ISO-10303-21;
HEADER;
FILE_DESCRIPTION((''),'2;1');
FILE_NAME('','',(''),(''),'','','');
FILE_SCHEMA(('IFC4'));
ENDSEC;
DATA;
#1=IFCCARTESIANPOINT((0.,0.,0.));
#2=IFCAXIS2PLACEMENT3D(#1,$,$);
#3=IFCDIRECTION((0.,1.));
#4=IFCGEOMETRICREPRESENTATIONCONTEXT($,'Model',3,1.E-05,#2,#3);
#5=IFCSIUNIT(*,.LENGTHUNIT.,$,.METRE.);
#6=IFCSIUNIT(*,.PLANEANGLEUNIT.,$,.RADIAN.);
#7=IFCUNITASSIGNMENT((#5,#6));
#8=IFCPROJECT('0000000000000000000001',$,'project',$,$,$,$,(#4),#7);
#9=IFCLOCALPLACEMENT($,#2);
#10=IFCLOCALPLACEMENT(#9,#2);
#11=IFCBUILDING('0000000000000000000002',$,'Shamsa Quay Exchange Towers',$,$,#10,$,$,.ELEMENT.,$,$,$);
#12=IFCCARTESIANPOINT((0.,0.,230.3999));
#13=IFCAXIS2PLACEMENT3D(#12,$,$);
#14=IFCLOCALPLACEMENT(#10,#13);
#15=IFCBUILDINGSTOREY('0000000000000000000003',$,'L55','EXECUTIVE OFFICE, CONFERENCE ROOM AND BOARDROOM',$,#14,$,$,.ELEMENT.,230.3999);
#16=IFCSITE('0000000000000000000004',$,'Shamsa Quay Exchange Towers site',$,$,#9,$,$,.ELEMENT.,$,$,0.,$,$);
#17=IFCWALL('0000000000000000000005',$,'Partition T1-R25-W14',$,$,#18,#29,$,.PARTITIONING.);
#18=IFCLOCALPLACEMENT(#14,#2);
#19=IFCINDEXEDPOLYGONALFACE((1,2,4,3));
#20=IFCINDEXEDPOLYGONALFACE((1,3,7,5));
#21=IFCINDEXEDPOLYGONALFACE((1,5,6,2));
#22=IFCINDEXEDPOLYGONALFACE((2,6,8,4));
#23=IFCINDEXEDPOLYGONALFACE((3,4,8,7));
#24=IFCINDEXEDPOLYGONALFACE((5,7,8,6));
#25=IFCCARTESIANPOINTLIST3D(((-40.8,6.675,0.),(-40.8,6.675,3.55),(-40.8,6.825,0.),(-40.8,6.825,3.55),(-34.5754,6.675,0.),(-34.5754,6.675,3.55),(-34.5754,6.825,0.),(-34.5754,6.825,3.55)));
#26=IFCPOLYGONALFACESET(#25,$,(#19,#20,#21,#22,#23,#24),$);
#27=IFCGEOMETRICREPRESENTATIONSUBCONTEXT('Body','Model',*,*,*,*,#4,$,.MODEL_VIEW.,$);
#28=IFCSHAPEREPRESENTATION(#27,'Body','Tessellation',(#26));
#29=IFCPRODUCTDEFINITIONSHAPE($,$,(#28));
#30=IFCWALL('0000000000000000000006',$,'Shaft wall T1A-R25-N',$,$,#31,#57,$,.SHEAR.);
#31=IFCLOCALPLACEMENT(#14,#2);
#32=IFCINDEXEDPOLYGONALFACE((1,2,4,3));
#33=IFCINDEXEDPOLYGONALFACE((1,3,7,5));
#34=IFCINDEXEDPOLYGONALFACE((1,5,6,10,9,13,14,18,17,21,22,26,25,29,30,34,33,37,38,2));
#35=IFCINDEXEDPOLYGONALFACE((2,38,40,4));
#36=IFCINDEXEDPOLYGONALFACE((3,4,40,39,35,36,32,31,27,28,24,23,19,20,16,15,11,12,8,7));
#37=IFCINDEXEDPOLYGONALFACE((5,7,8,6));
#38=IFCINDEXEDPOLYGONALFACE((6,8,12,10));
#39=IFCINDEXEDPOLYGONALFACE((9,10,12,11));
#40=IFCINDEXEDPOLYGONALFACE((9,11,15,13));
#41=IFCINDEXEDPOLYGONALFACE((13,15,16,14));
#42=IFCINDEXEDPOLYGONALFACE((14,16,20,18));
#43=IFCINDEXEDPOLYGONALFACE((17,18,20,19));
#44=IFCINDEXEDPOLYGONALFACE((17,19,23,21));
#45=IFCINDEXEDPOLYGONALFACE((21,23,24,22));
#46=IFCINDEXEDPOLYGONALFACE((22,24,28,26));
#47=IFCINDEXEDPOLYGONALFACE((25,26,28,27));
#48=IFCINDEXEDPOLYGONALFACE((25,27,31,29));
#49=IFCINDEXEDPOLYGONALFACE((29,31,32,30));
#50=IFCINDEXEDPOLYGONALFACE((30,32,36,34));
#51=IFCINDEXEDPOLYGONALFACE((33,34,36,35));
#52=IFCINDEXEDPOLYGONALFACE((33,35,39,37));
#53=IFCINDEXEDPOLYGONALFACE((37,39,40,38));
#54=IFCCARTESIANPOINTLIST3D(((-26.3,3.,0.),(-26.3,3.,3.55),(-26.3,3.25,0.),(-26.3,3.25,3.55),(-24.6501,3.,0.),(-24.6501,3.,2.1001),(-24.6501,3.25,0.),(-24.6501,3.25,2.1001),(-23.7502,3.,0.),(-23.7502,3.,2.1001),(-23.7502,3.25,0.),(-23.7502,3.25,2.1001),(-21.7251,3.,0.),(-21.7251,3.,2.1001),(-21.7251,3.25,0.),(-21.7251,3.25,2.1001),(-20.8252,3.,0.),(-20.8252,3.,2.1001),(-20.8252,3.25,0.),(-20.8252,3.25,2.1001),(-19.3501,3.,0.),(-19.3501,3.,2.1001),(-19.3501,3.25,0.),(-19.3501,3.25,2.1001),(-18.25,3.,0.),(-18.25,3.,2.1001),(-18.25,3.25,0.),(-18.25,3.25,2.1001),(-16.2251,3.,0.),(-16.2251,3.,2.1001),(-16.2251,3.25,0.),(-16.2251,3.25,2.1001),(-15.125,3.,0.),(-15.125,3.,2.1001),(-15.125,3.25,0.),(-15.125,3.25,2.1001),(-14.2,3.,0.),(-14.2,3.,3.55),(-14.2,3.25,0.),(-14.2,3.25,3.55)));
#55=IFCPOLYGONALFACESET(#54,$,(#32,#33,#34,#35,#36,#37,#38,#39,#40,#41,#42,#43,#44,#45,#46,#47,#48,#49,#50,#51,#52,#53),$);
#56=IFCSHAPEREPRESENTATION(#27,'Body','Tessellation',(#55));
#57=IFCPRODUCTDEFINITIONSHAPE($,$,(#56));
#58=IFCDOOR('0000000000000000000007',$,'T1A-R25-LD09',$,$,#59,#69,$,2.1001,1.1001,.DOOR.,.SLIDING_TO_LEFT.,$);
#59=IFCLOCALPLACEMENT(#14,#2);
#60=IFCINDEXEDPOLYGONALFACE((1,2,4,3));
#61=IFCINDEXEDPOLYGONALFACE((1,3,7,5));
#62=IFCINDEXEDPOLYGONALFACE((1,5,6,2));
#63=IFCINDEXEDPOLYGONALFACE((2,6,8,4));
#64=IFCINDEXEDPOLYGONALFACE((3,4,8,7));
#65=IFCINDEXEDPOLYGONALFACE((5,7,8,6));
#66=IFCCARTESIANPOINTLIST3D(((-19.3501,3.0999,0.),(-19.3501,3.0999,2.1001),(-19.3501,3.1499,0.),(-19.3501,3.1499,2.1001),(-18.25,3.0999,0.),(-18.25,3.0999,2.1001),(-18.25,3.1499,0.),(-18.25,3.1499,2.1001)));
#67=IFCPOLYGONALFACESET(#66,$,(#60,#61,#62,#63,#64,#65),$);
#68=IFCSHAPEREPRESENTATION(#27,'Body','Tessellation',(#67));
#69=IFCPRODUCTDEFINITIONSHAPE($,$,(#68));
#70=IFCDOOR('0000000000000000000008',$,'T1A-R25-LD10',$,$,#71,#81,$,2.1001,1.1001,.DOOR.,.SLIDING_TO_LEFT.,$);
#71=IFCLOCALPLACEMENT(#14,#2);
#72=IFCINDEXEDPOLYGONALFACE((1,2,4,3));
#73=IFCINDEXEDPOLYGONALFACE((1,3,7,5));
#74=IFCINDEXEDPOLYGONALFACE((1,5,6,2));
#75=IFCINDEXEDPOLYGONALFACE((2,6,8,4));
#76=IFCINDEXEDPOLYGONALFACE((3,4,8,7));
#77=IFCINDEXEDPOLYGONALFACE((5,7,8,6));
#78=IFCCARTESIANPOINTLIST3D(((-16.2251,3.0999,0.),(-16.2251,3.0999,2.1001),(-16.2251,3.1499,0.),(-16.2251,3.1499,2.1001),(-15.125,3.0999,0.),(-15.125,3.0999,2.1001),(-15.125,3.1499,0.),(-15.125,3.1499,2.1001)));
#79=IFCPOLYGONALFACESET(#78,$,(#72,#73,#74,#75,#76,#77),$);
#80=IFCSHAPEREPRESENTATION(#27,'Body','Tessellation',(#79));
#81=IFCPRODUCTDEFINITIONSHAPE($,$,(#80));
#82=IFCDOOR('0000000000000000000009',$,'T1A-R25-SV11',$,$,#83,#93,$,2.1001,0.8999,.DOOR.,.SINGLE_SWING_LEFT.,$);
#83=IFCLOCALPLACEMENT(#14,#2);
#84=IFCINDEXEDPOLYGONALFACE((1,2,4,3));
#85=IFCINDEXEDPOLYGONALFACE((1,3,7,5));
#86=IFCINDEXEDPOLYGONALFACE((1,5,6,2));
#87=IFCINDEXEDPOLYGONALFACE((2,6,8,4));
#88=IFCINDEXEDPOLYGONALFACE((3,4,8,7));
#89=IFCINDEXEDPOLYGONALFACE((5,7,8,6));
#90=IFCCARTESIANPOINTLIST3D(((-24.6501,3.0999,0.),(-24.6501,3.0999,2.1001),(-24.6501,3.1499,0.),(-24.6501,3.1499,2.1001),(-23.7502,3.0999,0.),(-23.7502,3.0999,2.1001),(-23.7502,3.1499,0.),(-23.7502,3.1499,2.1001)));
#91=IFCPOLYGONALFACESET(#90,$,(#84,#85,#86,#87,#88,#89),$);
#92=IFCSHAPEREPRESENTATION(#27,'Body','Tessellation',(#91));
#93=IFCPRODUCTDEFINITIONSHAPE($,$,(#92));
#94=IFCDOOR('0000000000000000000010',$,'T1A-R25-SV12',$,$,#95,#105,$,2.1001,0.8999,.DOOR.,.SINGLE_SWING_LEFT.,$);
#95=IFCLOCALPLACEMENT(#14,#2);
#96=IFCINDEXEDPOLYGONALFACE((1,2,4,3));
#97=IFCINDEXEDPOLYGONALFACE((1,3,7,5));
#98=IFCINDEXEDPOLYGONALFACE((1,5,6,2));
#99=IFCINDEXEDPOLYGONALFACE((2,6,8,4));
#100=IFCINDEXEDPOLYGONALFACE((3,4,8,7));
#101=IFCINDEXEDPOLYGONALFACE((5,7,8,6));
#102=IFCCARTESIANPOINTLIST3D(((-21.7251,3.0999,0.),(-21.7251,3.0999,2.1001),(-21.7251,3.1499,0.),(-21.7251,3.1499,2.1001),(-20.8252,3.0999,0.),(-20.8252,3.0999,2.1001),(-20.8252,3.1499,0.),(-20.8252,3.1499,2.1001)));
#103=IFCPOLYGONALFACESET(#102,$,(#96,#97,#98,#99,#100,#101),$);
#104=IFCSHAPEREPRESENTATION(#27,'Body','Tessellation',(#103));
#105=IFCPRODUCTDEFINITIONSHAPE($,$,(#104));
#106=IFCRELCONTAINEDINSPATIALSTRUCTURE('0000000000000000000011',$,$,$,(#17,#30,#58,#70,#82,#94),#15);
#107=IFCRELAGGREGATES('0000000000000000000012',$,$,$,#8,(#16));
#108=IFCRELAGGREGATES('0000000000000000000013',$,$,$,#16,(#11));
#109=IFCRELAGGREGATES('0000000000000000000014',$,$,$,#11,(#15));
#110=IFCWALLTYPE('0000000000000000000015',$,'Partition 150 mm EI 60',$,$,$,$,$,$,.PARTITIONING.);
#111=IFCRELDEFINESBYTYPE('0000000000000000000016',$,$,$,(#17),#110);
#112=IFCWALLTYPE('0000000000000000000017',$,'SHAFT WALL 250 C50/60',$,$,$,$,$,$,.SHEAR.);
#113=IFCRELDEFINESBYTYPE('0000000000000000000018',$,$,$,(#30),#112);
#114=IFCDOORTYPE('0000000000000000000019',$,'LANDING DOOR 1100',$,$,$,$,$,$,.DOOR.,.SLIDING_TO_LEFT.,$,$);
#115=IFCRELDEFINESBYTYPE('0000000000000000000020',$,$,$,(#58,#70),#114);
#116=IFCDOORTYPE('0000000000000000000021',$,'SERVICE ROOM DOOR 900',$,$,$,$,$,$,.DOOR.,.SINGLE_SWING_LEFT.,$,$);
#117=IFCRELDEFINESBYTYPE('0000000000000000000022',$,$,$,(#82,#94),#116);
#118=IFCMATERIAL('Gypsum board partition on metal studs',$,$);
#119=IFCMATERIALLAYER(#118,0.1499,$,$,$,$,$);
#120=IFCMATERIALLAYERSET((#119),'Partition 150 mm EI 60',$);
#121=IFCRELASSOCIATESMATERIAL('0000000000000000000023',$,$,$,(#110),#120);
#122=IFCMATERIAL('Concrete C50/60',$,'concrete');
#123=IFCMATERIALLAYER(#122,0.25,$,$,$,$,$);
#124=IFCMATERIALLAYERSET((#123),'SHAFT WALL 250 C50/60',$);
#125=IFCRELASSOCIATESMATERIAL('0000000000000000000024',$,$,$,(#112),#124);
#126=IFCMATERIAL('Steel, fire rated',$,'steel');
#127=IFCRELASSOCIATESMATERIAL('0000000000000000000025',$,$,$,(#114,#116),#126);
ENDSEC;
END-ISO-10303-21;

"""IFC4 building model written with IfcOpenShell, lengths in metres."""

from ifc_helpers import new_model, si_unit, direction, frame, frame_2d, origin, place, context, subcontext, project, spatial, rectangle, extrude, material, layer, layer_set, type_object, element, fill, save


model = new_model("IFC4")

# Units and contexts
model_context = context("Model", 3, precision=1e-05, world=origin(), true_north=direction((0.0, 1.0)))
body_context = subcontext(model_context, "Body", "Model", "MODEL_VIEW")
ifc_project = project(units=[si_unit("LENGTHUNIT", "METRE"), si_unit("PLANEANGLEUNIT", "RADIAN")], contexts=[model_context])

# Site, building, storey
site_placement = place(None, origin())
site = spatial("IfcSite", under=ifc_project, at=site_placement, Name="Shamsa Quay Exchange Towers site", CompositionType="ELEMENT", RefElevation=0.0)
building_placement = place(site_placement, origin())
building = spatial("IfcBuilding", under=site, at=building_placement, Name="Shamsa Quay Exchange Towers", CompositionType="ELEMENT")
storey_placement = place(building_placement, frame((0.0, 0.0, 230.3999)))
storey = spatial("IfcBuildingStorey", under=building, at=storey_placement, Name="L55", Description="EXECUTIVE OFFICE, CONFERENCE ROOM AND BOARDROOM", CompositionType="ELEMENT", Elevation=230.3999)

# Shared definitions
ifc_material_1 = material(Name="Steel, fire rated", Category="steel")
ifc_material_2 = material(Name="Gypsum board partition on metal studs")
ifc_layer_1 = layer(ifc_material_2, 0.1499)
ifc_layer_set_1 = layer_set([ifc_layer_1], Name="Partition 150 mm EI 60")
wall_type_1 = type_object("IfcWallType", Name="Partition 150 mm EI 60", PredefinedType="PARTITIONING", material=ifc_layer_set_1)

# Wall
wall_1_placement = place(storey_placement, frame((-34.5754, 6.75, 0.0), z_axis=(0.0, 0.0, 1.0), x_axis=(-1.0, 0.0, 0.0)))
element("IfcWall", 1, at=wall_1_placement, inside=storey, type_object=wall_type_1, Name="Partition T1-R25-W14", PredefinedType="PARTITIONING", context=body_context, shape_type="SweptSolid", body=[
    extrude(rectangle(XDim=6.2246, YDim=0.1499, at=frame_2d((3.1123, 0.0))), origin(), (0.0, 0.0, 1.0), 3.55),
])

# Wall, openings, doors
ifc_material_3 = material(Name="Concrete C50/60", Category="concrete")
ifc_layer_2 = layer(ifc_material_3, 0.25)
ifc_layer_set_2 = layer_set([ifc_layer_2], Name="SHAFT WALL 250 C50/60")
wall_type_2 = type_object("IfcWallType", Name="SHAFT WALL 250 C50/60", PredefinedType="SHEAR", material=ifc_layer_set_2)
wall_2_placement = place(storey_placement, frame((-26.3, 3.125, 0.0)))
wall_2 = element("IfcWall", 2, at=wall_2_placement, inside=storey, type_object=wall_type_2, Name="Shaft wall T1A-R25-N", PredefinedType="SHEAR", context=body_context, shape_type="SweptSolid", body=[
    extrude(rectangle(XDim=12.1001, YDim=0.25, at=frame_2d((6.05, 0.0))), origin(), (0.0, 0.0, 1.0), 3.55),
])
opening_1_placement = place(wall_2_placement, frame((6.95, 0.0, 0.0)))
opening_1 = element("IfcOpeningElement", 3, at=opening_1_placement, cuts=wall_2, PredefinedType="OPENING", context=body_context, shape_type="SweptSolid", body=[
    extrude(rectangle(XDim=1.1001, YDim=2.1001, at=frame_2d((0.55, 1.05))), frame((0.0, 0.135, 0.0), z_axis=(0.0, -1.0, 0.0), x_axis=(1.0, 0.0, 0.0)), (0.0, 0.0, 1.0), 0.27),
])
opening_2_placement = place(wall_2_placement, frame((10.075, 0.0, 0.0)))
opening_2 = element("IfcOpeningElement", 4, at=opening_2_placement, cuts=wall_2, PredefinedType="OPENING", context=body_context, shape_type="SweptSolid", body=[
    extrude(rectangle(XDim=1.1001, YDim=2.1001, at=frame_2d((0.55, 1.05))), frame((0.0, 0.135, 0.0), z_axis=(0.0, -1.0, 0.0), x_axis=(1.0, 0.0, 0.0)), (0.0, 0.0, 1.0), 0.27),
])
opening_3_placement = place(wall_2_placement, frame((1.6499, 0.0, 0.0)))
opening_3 = element("IfcOpeningElement", 5, at=opening_3_placement, cuts=wall_2, PredefinedType="OPENING", context=body_context, shape_type="SweptSolid", body=[
    extrude(rectangle(XDim=0.8999, YDim=2.1001, at=frame_2d((0.45, 1.05))), frame((0.0, 0.135, 0.0), z_axis=(0.0, -1.0, 0.0), x_axis=(1.0, 0.0, 0.0)), (0.0, 0.0, 1.0), 0.27),
])
opening_4_placement = place(wall_2_placement, frame((4.575, 0.0, 0.0)))
opening_4 = element("IfcOpeningElement", 6, at=opening_4_placement, cuts=wall_2, PredefinedType="OPENING", context=body_context, shape_type="SweptSolid", body=[
    extrude(rectangle(XDim=0.8999, YDim=2.1001, at=frame_2d((0.45, 1.05))), frame((0.0, 0.135, 0.0), z_axis=(0.0, -1.0, 0.0), x_axis=(1.0, 0.0, 0.0)), (0.0, 0.0, 1.0), 0.27),
])
door_type_1 = type_object("IfcDoorType", Name="LANDING DOOR 1100", OperationType="SLIDING_TO_LEFT", PredefinedType="DOOR", material=ifc_material_1)
door_1_placement = place(opening_1_placement, origin())
door_1 = element("IfcDoor", 7, at=door_1_placement, inside=storey, type_object=door_type_1, Name="T1A-R25-LD09", OperationType="SLIDING_TO_LEFT", OverallHeight=2.1001, OverallWidth=1.1001, PredefinedType="DOOR", context=body_context, shape_type="SweptSolid", body=[
    extrude(rectangle(XDim=1.1001, YDim=2.1001, at=frame_2d((0.55, 1.05))), frame((0.0, 0.0249, 0.0), z_axis=(0.0, -1.0, 0.0), x_axis=(1.0, 0.0, 0.0)), (0.0, 0.0, 1.0), 0.05),
])
fill(opening_1, door_1)
door_2_placement = place(opening_2_placement, origin())
door_2 = element("IfcDoor", 8, at=door_2_placement, inside=storey, type_object=door_type_1, Name="T1A-R25-LD10", OperationType="SLIDING_TO_LEFT", OverallHeight=2.1001, OverallWidth=1.1001, PredefinedType="DOOR", context=body_context, shape_type="SweptSolid", body=[
    extrude(rectangle(XDim=1.1001, YDim=2.1001, at=frame_2d((0.55, 1.05))), frame((0.0, 0.0249, 0.0), z_axis=(0.0, -1.0, 0.0), x_axis=(1.0, 0.0, 0.0)), (0.0, 0.0, 1.0), 0.05),
])
fill(opening_2, door_2)
door_type_2 = type_object("IfcDoorType", Name="SERVICE ROOM DOOR 900", OperationType="SINGLE_SWING_LEFT", PredefinedType="DOOR", material=ifc_material_1)
door_3_placement = place(opening_3_placement, origin())
door_3 = element("IfcDoor", 9, at=door_3_placement, inside=storey, type_object=door_type_2, Name="T1A-R25-SV11", OperationType="SINGLE_SWING_LEFT", OverallHeight=2.1001, OverallWidth=0.8999, PredefinedType="DOOR", context=body_context, shape_type="SweptSolid", body=[
    extrude(rectangle(XDim=0.8999, YDim=2.1001, at=frame_2d((0.45, 1.05))), frame((0.0, 0.0249, 0.0), z_axis=(0.0, -1.0, 0.0), x_axis=(1.0, 0.0, 0.0)), (0.0, 0.0, 1.0), 0.05),
])
fill(opening_3, door_3)
door_4_placement = place(opening_4_placement, origin())
door_4 = element("IfcDoor", 10, at=door_4_placement, inside=storey, type_object=door_type_2, Name="T1A-R25-SV12", OperationType="SINGLE_SWING_LEFT", OverallHeight=2.1001, OverallWidth=0.8999, PredefinedType="DOOR", context=body_context, shape_type="SweptSolid", body=[
    extrude(rectangle(XDim=0.8999, YDim=2.1001, at=frame_2d((0.45, 1.05))), frame((0.0, 0.0249, 0.0), z_axis=(0.0, -1.0, 0.0), x_axis=(1.0, 0.0, 0.0)), (0.0, 0.0, 1.0), 0.05),
])
fill(opening_4, door_4)

save(model, "model.ifc")
